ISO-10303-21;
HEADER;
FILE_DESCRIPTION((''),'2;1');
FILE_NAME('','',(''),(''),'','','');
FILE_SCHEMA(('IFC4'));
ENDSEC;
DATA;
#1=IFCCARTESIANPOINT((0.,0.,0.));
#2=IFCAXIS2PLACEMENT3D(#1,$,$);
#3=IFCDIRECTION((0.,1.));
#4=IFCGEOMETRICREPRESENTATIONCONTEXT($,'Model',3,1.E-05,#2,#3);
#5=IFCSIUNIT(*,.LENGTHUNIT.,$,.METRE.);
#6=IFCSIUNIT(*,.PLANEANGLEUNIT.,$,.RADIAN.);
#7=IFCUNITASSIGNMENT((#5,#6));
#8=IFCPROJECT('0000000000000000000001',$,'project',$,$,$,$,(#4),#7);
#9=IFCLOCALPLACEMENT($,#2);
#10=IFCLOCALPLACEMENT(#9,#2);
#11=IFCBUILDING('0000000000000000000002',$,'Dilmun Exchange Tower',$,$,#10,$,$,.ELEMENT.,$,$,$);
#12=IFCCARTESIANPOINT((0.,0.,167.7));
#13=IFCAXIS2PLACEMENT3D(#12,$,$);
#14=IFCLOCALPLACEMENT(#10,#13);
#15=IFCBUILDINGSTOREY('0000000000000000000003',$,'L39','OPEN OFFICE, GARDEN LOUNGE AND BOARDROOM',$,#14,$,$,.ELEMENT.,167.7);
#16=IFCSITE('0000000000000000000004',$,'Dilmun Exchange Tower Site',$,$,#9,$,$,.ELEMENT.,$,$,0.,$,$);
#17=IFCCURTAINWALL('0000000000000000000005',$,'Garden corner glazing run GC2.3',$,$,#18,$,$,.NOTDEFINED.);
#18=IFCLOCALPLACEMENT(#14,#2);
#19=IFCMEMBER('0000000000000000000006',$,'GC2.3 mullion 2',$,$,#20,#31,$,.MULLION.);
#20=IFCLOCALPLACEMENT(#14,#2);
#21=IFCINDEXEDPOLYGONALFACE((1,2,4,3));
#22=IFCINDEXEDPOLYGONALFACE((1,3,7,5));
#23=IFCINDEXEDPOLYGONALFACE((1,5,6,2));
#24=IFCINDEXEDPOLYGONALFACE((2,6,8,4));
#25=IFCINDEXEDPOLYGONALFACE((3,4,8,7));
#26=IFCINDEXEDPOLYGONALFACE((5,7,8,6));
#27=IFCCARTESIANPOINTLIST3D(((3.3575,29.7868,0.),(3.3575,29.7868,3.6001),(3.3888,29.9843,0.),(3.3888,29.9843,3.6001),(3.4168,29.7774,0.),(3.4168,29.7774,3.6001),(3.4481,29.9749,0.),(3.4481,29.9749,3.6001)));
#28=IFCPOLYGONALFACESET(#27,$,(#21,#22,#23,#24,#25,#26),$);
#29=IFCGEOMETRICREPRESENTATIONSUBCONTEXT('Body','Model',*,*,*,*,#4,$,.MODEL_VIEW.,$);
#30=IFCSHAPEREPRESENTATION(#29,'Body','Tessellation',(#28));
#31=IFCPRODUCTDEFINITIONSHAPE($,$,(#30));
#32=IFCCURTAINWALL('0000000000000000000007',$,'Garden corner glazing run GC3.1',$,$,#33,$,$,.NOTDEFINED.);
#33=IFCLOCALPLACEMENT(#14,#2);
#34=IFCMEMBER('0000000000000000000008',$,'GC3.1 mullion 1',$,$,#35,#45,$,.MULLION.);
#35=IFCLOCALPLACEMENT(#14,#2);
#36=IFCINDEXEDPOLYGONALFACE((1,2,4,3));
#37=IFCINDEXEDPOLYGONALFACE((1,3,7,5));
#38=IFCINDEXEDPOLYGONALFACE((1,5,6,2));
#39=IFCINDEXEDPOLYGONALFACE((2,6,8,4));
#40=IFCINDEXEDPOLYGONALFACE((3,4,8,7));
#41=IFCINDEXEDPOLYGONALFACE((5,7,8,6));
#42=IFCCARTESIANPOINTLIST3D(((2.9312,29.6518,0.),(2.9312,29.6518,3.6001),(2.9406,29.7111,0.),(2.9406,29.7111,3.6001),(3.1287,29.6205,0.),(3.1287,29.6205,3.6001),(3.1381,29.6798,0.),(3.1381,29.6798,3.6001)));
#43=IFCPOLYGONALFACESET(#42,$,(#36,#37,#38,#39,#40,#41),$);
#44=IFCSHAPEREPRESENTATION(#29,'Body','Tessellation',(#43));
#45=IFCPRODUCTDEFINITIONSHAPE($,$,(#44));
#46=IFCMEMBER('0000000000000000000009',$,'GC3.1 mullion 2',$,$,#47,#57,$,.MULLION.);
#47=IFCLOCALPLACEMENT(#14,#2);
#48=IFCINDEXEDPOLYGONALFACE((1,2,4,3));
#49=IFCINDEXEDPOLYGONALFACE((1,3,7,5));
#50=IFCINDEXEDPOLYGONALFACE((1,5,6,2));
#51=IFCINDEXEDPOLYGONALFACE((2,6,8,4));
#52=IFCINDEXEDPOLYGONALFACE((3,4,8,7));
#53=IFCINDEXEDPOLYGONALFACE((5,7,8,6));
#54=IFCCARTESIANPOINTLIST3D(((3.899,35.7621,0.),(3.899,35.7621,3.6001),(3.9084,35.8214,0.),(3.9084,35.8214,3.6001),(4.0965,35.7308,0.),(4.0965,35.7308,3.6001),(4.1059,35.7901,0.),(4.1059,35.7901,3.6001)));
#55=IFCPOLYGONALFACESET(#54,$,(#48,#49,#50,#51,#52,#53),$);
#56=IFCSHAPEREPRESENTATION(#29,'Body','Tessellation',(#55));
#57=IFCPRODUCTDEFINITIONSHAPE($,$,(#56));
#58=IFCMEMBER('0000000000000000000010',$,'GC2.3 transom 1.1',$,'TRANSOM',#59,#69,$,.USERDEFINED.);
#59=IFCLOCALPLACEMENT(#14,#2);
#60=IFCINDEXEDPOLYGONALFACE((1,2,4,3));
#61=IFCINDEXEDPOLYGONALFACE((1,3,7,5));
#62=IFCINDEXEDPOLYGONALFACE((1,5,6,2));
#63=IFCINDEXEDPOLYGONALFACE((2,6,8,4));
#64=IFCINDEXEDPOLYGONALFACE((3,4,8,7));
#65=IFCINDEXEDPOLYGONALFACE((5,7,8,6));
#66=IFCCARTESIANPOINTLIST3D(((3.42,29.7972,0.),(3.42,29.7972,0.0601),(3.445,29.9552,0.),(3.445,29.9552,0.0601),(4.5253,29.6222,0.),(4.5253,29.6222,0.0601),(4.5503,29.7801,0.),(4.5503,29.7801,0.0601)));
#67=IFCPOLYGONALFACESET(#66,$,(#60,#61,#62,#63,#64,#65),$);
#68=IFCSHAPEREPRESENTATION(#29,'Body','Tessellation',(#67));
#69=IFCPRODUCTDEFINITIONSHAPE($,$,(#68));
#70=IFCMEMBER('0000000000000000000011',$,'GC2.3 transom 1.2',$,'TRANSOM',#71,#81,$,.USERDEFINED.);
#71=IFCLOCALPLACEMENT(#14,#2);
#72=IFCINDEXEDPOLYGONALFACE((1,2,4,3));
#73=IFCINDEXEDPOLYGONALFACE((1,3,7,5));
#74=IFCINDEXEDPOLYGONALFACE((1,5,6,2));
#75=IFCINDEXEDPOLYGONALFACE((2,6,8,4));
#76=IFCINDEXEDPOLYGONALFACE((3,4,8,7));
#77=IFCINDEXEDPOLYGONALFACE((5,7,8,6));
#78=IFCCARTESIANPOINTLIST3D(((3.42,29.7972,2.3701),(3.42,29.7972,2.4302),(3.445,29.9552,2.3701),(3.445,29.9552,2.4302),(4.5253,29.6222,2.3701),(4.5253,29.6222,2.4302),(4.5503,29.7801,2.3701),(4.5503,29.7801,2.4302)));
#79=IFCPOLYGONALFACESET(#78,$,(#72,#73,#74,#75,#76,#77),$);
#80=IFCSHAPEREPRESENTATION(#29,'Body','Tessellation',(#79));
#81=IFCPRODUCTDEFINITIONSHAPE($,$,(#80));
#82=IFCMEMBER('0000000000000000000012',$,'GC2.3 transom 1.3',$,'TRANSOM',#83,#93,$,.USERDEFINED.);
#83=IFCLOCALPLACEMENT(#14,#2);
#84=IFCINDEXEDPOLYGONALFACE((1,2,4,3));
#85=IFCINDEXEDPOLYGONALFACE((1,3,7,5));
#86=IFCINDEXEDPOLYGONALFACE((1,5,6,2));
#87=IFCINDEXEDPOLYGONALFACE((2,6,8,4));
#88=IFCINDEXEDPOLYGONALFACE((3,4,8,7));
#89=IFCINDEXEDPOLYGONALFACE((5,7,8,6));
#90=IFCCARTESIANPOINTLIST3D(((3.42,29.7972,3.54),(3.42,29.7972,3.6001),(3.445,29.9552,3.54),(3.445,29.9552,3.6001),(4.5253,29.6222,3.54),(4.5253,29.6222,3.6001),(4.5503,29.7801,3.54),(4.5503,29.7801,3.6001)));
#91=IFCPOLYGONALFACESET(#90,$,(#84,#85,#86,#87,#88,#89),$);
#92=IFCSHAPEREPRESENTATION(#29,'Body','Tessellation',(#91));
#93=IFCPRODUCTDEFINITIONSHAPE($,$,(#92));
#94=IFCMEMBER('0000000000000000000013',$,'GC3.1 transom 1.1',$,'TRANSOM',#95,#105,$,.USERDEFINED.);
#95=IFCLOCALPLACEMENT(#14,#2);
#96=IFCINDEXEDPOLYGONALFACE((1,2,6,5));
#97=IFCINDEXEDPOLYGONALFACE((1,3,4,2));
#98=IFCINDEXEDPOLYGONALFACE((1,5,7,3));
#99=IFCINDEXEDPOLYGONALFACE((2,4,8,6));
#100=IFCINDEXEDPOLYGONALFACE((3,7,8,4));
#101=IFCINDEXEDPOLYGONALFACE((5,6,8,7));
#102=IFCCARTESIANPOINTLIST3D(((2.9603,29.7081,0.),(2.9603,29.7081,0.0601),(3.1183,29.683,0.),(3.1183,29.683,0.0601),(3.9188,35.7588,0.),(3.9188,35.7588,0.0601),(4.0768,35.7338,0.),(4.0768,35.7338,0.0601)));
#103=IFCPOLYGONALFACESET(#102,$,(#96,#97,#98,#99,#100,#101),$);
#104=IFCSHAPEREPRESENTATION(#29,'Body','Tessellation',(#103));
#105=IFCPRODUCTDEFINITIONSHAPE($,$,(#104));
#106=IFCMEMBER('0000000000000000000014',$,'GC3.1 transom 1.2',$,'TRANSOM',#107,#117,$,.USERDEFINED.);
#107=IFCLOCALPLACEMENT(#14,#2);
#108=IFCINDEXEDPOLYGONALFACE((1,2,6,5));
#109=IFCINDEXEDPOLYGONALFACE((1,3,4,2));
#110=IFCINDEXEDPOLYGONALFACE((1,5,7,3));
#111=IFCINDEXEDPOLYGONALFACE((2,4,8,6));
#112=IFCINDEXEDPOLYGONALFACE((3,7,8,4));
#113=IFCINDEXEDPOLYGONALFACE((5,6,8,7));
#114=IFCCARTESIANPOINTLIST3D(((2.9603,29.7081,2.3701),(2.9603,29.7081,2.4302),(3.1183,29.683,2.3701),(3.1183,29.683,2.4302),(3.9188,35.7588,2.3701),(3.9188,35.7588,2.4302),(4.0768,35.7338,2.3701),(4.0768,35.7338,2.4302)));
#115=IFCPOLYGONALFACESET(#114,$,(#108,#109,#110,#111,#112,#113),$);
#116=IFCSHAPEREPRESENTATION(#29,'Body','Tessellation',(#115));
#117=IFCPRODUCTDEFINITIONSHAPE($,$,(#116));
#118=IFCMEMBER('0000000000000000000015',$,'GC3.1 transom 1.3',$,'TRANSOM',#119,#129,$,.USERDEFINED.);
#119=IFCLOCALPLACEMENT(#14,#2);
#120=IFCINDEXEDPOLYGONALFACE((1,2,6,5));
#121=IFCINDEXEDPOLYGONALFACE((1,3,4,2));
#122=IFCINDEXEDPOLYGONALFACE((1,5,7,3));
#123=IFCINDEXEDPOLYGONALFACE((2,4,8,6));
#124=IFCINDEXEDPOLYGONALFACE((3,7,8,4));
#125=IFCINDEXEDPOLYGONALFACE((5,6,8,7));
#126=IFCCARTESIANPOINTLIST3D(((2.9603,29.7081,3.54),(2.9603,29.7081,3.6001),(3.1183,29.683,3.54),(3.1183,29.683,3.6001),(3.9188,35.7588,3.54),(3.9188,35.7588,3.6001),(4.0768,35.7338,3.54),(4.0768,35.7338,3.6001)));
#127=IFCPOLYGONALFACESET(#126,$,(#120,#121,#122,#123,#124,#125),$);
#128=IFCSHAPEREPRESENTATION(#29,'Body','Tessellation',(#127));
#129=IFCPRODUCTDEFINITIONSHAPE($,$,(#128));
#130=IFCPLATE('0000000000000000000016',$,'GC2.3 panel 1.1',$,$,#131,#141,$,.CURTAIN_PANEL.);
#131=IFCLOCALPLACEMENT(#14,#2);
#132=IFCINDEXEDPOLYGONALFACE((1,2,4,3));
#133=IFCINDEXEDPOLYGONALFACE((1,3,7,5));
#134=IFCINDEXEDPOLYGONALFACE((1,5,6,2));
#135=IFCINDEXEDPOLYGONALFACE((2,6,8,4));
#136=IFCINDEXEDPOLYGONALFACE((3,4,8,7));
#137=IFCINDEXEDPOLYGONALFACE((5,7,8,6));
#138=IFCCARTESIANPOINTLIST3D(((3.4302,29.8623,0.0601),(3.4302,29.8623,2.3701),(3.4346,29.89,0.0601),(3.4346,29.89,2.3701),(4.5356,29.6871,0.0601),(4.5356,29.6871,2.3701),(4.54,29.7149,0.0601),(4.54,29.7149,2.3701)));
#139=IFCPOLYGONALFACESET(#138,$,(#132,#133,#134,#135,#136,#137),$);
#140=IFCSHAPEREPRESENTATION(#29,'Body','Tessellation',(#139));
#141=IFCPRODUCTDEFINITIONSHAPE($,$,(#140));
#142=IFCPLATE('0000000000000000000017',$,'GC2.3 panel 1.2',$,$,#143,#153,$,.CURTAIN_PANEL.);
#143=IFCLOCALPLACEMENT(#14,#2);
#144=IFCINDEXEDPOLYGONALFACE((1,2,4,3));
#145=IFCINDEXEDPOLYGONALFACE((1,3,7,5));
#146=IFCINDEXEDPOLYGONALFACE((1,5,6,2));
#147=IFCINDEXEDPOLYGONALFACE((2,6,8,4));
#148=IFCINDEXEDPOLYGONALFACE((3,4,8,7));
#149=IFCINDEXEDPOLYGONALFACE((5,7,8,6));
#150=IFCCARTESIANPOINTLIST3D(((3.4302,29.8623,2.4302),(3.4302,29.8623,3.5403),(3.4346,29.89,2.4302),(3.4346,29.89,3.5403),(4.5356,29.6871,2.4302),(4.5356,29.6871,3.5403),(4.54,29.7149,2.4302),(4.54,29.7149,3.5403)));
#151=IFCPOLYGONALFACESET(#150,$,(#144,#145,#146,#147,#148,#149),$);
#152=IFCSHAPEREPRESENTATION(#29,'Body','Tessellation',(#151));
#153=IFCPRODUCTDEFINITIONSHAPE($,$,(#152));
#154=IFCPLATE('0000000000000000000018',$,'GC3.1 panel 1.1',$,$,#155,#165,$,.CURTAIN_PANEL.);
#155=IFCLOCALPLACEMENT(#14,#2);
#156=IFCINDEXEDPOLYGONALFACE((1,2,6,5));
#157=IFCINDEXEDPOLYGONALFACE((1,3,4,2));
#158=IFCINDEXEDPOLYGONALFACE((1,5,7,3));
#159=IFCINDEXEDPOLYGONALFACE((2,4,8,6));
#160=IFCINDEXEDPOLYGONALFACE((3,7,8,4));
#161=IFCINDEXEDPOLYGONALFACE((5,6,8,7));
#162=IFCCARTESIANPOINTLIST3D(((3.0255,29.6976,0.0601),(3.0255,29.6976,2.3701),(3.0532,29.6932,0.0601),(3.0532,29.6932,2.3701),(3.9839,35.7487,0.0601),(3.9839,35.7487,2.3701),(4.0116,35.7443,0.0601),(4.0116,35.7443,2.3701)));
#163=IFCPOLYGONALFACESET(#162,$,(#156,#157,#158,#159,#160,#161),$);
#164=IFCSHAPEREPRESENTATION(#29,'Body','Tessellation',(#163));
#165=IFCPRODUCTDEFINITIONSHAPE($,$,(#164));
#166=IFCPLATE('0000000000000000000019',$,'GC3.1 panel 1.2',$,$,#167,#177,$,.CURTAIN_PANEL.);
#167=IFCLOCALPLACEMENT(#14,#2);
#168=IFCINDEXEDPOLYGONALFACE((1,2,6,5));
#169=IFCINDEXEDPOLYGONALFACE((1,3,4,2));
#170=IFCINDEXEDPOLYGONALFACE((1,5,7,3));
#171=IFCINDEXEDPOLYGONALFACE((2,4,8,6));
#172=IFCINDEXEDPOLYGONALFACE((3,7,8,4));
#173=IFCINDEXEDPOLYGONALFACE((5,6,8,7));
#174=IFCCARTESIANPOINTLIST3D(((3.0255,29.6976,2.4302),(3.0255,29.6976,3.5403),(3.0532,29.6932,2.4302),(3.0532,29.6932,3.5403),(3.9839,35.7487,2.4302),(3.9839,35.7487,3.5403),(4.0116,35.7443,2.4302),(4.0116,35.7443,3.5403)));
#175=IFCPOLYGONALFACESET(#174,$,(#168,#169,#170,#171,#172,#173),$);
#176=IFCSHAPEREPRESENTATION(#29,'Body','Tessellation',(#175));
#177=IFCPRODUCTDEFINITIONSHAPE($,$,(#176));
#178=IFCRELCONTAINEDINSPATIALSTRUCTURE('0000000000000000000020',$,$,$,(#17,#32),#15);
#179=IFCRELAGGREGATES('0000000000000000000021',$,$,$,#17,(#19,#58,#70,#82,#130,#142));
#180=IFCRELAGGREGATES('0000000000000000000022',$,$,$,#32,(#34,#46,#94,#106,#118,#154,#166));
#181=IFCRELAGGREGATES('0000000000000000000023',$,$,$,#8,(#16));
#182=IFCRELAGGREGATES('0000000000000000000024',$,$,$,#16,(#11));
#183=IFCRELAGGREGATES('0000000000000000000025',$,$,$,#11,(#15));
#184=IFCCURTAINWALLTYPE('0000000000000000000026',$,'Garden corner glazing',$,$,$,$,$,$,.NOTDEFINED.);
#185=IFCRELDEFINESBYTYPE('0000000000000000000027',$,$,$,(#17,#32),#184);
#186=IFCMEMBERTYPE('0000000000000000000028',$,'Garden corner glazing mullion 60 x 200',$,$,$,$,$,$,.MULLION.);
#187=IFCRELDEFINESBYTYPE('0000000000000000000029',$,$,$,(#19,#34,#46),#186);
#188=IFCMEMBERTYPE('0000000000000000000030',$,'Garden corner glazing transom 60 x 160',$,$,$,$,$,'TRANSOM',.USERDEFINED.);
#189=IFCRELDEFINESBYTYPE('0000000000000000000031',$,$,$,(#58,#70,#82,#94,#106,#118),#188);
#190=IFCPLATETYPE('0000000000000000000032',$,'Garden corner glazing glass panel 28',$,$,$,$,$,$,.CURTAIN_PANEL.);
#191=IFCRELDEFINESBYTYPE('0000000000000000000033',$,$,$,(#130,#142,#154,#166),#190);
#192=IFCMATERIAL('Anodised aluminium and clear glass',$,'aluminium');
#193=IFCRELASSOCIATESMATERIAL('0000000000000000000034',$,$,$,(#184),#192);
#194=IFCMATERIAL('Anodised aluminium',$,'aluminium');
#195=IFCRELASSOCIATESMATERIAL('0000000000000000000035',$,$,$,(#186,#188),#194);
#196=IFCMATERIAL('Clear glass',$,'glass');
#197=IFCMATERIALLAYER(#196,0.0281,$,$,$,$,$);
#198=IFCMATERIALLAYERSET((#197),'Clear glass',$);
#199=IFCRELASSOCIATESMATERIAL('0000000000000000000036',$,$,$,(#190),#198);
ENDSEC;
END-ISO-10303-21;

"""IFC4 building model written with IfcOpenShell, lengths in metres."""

from ifc_helpers import new_model, si_unit, direction, frame, origin, origin_2d, place, context, subcontext, project, spatial, rectangle, extrude, material, layer, layer_set, material_profile, profile_set, type_object, element, aggregate, save


model = new_model("IFC4")

# Units and contexts
model_context = context("Model", 3, precision=1e-05, world=origin(), true_north=direction((0.0, 1.0)))
body_context = subcontext(model_context, "Body", "Model", "MODEL_VIEW")
ifc_project = project(units=[si_unit("LENGTHUNIT", "METRE"), si_unit("PLANEANGLEUNIT", "RADIAN")], contexts=[model_context])

# Site, building, storey
site_placement = place(None, origin())
site = spatial("IfcSite", under=ifc_project, at=site_placement, Name="Dilmun Exchange Tower Site", CompositionType="ELEMENT", RefElevation=0.0)
building_placement = place(site_placement, origin())
building = spatial("IfcBuilding", under=site, at=building_placement, Name="Dilmun Exchange Tower", CompositionType="ELEMENT")
storey_placement = place(building_placement, frame((0.0, 0.0, 167.7)))
storey = spatial("IfcBuildingStorey", under=building, at=storey_placement, Name="L39", Description="OPEN OFFICE, GARDEN LOUNGE AND BOARDROOM", CompositionType="ELEMENT", Elevation=167.7)

# Curtain wall, member
ifc_material_1 = material(Name="Anodised aluminium and clear glass", Category="aluminium")
curtain_wall_type = type_object("IfcCurtainWallType", Name="Garden corner glazing", PredefinedType="NOTDEFINED", material=ifc_material_1)
curtain_wall_1_placement = place(storey_placement, origin())
curtain_wall_1 = element("IfcCurtainWall", 1, at=curtain_wall_1_placement, inside=storey, type_object=curtain_wall_type, Name="Garden corner glazing run GC2.3", PredefinedType="NOTDEFINED")
ifc_material_2 = material(Name="Anodised aluminium", Category="aluminium")
ifc_material_profile_1 = material_profile(ifc_material_2, rectangle(XDim=0.2, YDim=0.0601, at=origin_2d()), Name="AL 60x200")
ifc_profile_set_1 = profile_set([ifc_material_profile_1], Name="Anodised aluminium")
member_type_1 = type_object("IfcMemberType", Name="Garden corner glazing mullion 60 x 200", PredefinedType="MULLION", material=ifc_profile_set_1)
member_1_placement = place(storey_placement, frame((3.4028, 29.8809, 0.0), z_axis=(0.0, 0.0, 1.0), x_axis=(-0.156489, -0.98768, 0.0)))
member_1 = element("IfcMember", 2, at=member_1_placement, type_object=member_type_1, Name="GC2.3 mullion 2", PredefinedType="MULLION", context=body_context, shape_type="SweptSolid", body=[
    extrude(rectangle(XDim=0.2, YDim=0.0601, at=origin_2d()), origin(), (0.0, 0.0, 1.0), 3.6001),
])

# Curtain wall, members
curtain_wall_2_placement = place(storey_placement, origin())
curtain_wall_2 = element("IfcCurtainWall", 3, at=curtain_wall_2_placement, inside=storey, type_object=curtain_wall_type, Name="Garden corner glazing run GC3.1", PredefinedType="NOTDEFINED")
member_2_placement = place(storey_placement, frame((3.0347, 29.6658, 0.0), z_axis=(0.0, 0.0, 1.0), x_axis=(-0.987687, 0.156442, 0.0)))
member_2 = element("IfcMember", 4, at=member_2_placement, type_object=member_type_1, Name="GC3.1 mullion 1", PredefinedType="MULLION", context=body_context, shape_type="SweptSolid", body=[
    extrude(rectangle(XDim=0.2, YDim=0.0601, at=origin_2d()), origin(), (0.0, 0.0, 1.0), 3.6001),
])
member_3_placement = place(storey_placement, frame((4.0024, 35.7761, 0.0), z_axis=(0.0, 0.0, 1.0), x_axis=(-0.987687, 0.156442, 0.0)))
member_3 = element("IfcMember", 5, at=member_3_placement, type_object=member_type_1, Name="GC3.1 mullion 2", PredefinedType="MULLION", context=body_context, shape_type="SweptSolid", body=[
    extrude(rectangle(XDim=0.2, YDim=0.0601, at=origin_2d()), origin(), (0.0, 0.0, 1.0), 3.6001),
])

# Members
ifc_material_profile_2 = material_profile(ifc_material_2, rectangle(XDim=0.1599, YDim=0.0601, at=origin_2d()), Name="AL 60x160")
ifc_profile_set_2 = profile_set([ifc_material_profile_2], Name="Anodised aluminium")
member_type_2 = type_object("IfcMemberType", Name="Garden corner glazing transom 60 x 160", ElementType="TRANSOM", PredefinedType="USERDEFINED", material=ifc_profile_set_2)
member_4_placement = place(storey_placement, frame((4.5378, 29.7012, 0.03), z_axis=(-0.987694, 0.156399, 0.0), x_axis=(-0.156399, -0.987694, 0.0)))
member_4 = element("IfcMember", 6, at=member_4_placement, type_object=member_type_2, Name="GC2.3 transom 1.1", ObjectType="TRANSOM", PredefinedType="USERDEFINED", context=body_context, shape_type="SweptSolid", body=[
    extrude(rectangle(XDim=0.1599, YDim=0.0601, at=origin_2d()), origin(), (0.0, 0.0, 1.0), 1.1191),
])
member_5_placement = place(storey_placement, frame((4.5378, 29.7012, 2.4001), z_axis=(-0.987694, 0.156399, 0.0), x_axis=(-0.156399, -0.987694, 0.0)))
member_5 = element("IfcMember", 7, at=member_5_placement, type_object=member_type_2, Name="GC2.3 transom 1.2", ObjectType="TRANSOM", PredefinedType="USERDEFINED", context=body_context, shape_type="SweptSolid", body=[
    extrude(rectangle(XDim=0.1599, YDim=0.0601, at=origin_2d()), origin(), (0.0, 0.0, 1.0), 1.1191),
])
member_6_placement = place(storey_placement, frame((4.5378, 29.7012, 3.5701), z_axis=(-0.987694, 0.156399, 0.0), x_axis=(-0.156399, -0.987694, 0.0)))
member_6 = element("IfcMember", 8, at=member_6_placement, type_object=member_type_2, Name="GC2.3 transom 1.3", ObjectType="TRANSOM", PredefinedType="USERDEFINED", context=body_context, shape_type="SweptSolid", body=[
    extrude(rectangle(XDim=0.1599, YDim=0.0601, at=origin_2d()), origin(), (0.0, 0.0, 1.0), 1.1191),
])
member_7_placement = place(storey_placement, frame((3.0393, 29.6956, 0.03), z_axis=(0.156458, 0.987685, 0.0), x_axis=(-0.987685, 0.156458, 0.0)))
member_7 = element("IfcMember", 9, at=member_7_placement, type_object=member_type_2, Name="GC3.1 transom 1.1", ObjectType="TRANSOM", PredefinedType="USERDEFINED", context=body_context, shape_type="SweptSolid", body=[
    extrude(rectangle(XDim=0.1599, YDim=0.0601, at=origin_2d()), origin(), (0.0, 0.0, 1.0), 6.1262),
])
member_8_placement = place(storey_placement, frame((3.0393, 29.6956, 2.4001), z_axis=(0.156458, 0.987685, 0.0), x_axis=(-0.987685, 0.156458, 0.0)))
member_8 = element("IfcMember", 10, at=member_8_placement, type_object=member_type_2, Name="GC3.1 transom 1.2", ObjectType="TRANSOM", PredefinedType="USERDEFINED", context=body_context, shape_type="SweptSolid", body=[
    extrude(rectangle(XDim=0.1599, YDim=0.0601, at=origin_2d()), origin(), (0.0, 0.0, 1.0), 6.1262),
])
member_9_placement = place(storey_placement, frame((3.0393, 29.6956, 3.5701), z_axis=(0.156458, 0.987685, 0.0), x_axis=(-0.987685, 0.156458, 0.0)))
member_9 = element("IfcMember", 11, at=member_9_placement, type_object=member_type_2, Name="GC3.1 transom 1.3", ObjectType="TRANSOM", PredefinedType="USERDEFINED", context=body_context, shape_type="SweptSolid", body=[
    extrude(rectangle(XDim=0.1599, YDim=0.0601, at=origin_2d()), origin(), (0.0, 0.0, 1.0), 6.1262),
])

# Plates
ifc_material_3 = material(Name="Clear glass", Category="glass")
ifc_layer_1 = layer(ifc_material_3, 0.0281)
ifc_layer_set_1 = layer_set([ifc_layer_1], Name="Clear glass")
plate_type = type_object("IfcPlateType", Name="Garden corner glazing glass panel 28", PredefinedType="CURTAIN_PANEL", material=ifc_layer_set_1)
plate_1_placement = place(storey_placement, frame((3.9851, 29.7886, 0.0601), z_axis=(0.0, 0.0, 1.0), x_axis=(-0.98768, 0.156489, 0.0)))
plate_1 = element("IfcPlate", 12, at=plate_1_placement, type_object=plate_type, Name="GC2.3 panel 1.1", PredefinedType="CURTAIN_PANEL", context=body_context, shape_type="SweptSolid", body=[
    extrude(rectangle(XDim=1.1191, YDim=0.0281, at=origin_2d()), origin(), (0.0, 0.0, 1.0), 2.3101),
])
plate_2_placement = place(storey_placement, frame((3.9851, 29.7886, 2.4302), z_axis=(0.0, 0.0, 1.0), x_axis=(-0.98768, 0.156489, 0.0)))
plate_2 = element("IfcPlate", 13, at=plate_2_placement, type_object=plate_type, Name="GC2.3 panel 1.2", PredefinedType="CURTAIN_PANEL", context=body_context, shape_type="SweptSolid", body=[
    extrude(rectangle(XDim=1.1191, YDim=0.0281, at=origin_2d()), origin(), (0.0, 0.0, 1.0), 1.1101),
])
aggregate(curtain_wall_1, [member_1, member_4, member_5, member_6, plate_1, plate_2])
plate_3_placement = place(storey_placement, frame((3.5186, 32.7209, 0.0601), z_axis=(0.0, 0.0, 1.0), x_axis=(0.156442, 0.987687, 0.0)))
plate_3 = element("IfcPlate", 14, at=plate_3_placement, type_object=plate_type, Name="GC3.1 panel 1.1", PredefinedType="CURTAIN_PANEL", context=body_context, shape_type="SweptSolid", body=[
    extrude(rectangle(XDim=6.1265, YDim=0.0281, at=origin_2d()), origin(), (0.0, 0.0, 1.0), 2.3101),
])
plate_4_placement = place(storey_placement, frame((3.5186, 32.7209, 2.4302), z_axis=(0.0, 0.0, 1.0), x_axis=(0.156442, 0.987687, 0.0)))
plate_4 = element("IfcPlate", 15, at=plate_4_placement, type_object=plate_type, Name="GC3.1 panel 1.2", PredefinedType="CURTAIN_PANEL", context=body_context, shape_type="SweptSolid", body=[
    extrude(rectangle(XDim=6.1265, YDim=0.0281, at=origin_2d()), origin(), (0.0, 0.0, 1.0), 1.1101),
])
aggregate(curtain_wall_2, [member_2, member_3, member_7, member_8, member_9, plate_3, plate_4])

save(model, "model.ifc")
